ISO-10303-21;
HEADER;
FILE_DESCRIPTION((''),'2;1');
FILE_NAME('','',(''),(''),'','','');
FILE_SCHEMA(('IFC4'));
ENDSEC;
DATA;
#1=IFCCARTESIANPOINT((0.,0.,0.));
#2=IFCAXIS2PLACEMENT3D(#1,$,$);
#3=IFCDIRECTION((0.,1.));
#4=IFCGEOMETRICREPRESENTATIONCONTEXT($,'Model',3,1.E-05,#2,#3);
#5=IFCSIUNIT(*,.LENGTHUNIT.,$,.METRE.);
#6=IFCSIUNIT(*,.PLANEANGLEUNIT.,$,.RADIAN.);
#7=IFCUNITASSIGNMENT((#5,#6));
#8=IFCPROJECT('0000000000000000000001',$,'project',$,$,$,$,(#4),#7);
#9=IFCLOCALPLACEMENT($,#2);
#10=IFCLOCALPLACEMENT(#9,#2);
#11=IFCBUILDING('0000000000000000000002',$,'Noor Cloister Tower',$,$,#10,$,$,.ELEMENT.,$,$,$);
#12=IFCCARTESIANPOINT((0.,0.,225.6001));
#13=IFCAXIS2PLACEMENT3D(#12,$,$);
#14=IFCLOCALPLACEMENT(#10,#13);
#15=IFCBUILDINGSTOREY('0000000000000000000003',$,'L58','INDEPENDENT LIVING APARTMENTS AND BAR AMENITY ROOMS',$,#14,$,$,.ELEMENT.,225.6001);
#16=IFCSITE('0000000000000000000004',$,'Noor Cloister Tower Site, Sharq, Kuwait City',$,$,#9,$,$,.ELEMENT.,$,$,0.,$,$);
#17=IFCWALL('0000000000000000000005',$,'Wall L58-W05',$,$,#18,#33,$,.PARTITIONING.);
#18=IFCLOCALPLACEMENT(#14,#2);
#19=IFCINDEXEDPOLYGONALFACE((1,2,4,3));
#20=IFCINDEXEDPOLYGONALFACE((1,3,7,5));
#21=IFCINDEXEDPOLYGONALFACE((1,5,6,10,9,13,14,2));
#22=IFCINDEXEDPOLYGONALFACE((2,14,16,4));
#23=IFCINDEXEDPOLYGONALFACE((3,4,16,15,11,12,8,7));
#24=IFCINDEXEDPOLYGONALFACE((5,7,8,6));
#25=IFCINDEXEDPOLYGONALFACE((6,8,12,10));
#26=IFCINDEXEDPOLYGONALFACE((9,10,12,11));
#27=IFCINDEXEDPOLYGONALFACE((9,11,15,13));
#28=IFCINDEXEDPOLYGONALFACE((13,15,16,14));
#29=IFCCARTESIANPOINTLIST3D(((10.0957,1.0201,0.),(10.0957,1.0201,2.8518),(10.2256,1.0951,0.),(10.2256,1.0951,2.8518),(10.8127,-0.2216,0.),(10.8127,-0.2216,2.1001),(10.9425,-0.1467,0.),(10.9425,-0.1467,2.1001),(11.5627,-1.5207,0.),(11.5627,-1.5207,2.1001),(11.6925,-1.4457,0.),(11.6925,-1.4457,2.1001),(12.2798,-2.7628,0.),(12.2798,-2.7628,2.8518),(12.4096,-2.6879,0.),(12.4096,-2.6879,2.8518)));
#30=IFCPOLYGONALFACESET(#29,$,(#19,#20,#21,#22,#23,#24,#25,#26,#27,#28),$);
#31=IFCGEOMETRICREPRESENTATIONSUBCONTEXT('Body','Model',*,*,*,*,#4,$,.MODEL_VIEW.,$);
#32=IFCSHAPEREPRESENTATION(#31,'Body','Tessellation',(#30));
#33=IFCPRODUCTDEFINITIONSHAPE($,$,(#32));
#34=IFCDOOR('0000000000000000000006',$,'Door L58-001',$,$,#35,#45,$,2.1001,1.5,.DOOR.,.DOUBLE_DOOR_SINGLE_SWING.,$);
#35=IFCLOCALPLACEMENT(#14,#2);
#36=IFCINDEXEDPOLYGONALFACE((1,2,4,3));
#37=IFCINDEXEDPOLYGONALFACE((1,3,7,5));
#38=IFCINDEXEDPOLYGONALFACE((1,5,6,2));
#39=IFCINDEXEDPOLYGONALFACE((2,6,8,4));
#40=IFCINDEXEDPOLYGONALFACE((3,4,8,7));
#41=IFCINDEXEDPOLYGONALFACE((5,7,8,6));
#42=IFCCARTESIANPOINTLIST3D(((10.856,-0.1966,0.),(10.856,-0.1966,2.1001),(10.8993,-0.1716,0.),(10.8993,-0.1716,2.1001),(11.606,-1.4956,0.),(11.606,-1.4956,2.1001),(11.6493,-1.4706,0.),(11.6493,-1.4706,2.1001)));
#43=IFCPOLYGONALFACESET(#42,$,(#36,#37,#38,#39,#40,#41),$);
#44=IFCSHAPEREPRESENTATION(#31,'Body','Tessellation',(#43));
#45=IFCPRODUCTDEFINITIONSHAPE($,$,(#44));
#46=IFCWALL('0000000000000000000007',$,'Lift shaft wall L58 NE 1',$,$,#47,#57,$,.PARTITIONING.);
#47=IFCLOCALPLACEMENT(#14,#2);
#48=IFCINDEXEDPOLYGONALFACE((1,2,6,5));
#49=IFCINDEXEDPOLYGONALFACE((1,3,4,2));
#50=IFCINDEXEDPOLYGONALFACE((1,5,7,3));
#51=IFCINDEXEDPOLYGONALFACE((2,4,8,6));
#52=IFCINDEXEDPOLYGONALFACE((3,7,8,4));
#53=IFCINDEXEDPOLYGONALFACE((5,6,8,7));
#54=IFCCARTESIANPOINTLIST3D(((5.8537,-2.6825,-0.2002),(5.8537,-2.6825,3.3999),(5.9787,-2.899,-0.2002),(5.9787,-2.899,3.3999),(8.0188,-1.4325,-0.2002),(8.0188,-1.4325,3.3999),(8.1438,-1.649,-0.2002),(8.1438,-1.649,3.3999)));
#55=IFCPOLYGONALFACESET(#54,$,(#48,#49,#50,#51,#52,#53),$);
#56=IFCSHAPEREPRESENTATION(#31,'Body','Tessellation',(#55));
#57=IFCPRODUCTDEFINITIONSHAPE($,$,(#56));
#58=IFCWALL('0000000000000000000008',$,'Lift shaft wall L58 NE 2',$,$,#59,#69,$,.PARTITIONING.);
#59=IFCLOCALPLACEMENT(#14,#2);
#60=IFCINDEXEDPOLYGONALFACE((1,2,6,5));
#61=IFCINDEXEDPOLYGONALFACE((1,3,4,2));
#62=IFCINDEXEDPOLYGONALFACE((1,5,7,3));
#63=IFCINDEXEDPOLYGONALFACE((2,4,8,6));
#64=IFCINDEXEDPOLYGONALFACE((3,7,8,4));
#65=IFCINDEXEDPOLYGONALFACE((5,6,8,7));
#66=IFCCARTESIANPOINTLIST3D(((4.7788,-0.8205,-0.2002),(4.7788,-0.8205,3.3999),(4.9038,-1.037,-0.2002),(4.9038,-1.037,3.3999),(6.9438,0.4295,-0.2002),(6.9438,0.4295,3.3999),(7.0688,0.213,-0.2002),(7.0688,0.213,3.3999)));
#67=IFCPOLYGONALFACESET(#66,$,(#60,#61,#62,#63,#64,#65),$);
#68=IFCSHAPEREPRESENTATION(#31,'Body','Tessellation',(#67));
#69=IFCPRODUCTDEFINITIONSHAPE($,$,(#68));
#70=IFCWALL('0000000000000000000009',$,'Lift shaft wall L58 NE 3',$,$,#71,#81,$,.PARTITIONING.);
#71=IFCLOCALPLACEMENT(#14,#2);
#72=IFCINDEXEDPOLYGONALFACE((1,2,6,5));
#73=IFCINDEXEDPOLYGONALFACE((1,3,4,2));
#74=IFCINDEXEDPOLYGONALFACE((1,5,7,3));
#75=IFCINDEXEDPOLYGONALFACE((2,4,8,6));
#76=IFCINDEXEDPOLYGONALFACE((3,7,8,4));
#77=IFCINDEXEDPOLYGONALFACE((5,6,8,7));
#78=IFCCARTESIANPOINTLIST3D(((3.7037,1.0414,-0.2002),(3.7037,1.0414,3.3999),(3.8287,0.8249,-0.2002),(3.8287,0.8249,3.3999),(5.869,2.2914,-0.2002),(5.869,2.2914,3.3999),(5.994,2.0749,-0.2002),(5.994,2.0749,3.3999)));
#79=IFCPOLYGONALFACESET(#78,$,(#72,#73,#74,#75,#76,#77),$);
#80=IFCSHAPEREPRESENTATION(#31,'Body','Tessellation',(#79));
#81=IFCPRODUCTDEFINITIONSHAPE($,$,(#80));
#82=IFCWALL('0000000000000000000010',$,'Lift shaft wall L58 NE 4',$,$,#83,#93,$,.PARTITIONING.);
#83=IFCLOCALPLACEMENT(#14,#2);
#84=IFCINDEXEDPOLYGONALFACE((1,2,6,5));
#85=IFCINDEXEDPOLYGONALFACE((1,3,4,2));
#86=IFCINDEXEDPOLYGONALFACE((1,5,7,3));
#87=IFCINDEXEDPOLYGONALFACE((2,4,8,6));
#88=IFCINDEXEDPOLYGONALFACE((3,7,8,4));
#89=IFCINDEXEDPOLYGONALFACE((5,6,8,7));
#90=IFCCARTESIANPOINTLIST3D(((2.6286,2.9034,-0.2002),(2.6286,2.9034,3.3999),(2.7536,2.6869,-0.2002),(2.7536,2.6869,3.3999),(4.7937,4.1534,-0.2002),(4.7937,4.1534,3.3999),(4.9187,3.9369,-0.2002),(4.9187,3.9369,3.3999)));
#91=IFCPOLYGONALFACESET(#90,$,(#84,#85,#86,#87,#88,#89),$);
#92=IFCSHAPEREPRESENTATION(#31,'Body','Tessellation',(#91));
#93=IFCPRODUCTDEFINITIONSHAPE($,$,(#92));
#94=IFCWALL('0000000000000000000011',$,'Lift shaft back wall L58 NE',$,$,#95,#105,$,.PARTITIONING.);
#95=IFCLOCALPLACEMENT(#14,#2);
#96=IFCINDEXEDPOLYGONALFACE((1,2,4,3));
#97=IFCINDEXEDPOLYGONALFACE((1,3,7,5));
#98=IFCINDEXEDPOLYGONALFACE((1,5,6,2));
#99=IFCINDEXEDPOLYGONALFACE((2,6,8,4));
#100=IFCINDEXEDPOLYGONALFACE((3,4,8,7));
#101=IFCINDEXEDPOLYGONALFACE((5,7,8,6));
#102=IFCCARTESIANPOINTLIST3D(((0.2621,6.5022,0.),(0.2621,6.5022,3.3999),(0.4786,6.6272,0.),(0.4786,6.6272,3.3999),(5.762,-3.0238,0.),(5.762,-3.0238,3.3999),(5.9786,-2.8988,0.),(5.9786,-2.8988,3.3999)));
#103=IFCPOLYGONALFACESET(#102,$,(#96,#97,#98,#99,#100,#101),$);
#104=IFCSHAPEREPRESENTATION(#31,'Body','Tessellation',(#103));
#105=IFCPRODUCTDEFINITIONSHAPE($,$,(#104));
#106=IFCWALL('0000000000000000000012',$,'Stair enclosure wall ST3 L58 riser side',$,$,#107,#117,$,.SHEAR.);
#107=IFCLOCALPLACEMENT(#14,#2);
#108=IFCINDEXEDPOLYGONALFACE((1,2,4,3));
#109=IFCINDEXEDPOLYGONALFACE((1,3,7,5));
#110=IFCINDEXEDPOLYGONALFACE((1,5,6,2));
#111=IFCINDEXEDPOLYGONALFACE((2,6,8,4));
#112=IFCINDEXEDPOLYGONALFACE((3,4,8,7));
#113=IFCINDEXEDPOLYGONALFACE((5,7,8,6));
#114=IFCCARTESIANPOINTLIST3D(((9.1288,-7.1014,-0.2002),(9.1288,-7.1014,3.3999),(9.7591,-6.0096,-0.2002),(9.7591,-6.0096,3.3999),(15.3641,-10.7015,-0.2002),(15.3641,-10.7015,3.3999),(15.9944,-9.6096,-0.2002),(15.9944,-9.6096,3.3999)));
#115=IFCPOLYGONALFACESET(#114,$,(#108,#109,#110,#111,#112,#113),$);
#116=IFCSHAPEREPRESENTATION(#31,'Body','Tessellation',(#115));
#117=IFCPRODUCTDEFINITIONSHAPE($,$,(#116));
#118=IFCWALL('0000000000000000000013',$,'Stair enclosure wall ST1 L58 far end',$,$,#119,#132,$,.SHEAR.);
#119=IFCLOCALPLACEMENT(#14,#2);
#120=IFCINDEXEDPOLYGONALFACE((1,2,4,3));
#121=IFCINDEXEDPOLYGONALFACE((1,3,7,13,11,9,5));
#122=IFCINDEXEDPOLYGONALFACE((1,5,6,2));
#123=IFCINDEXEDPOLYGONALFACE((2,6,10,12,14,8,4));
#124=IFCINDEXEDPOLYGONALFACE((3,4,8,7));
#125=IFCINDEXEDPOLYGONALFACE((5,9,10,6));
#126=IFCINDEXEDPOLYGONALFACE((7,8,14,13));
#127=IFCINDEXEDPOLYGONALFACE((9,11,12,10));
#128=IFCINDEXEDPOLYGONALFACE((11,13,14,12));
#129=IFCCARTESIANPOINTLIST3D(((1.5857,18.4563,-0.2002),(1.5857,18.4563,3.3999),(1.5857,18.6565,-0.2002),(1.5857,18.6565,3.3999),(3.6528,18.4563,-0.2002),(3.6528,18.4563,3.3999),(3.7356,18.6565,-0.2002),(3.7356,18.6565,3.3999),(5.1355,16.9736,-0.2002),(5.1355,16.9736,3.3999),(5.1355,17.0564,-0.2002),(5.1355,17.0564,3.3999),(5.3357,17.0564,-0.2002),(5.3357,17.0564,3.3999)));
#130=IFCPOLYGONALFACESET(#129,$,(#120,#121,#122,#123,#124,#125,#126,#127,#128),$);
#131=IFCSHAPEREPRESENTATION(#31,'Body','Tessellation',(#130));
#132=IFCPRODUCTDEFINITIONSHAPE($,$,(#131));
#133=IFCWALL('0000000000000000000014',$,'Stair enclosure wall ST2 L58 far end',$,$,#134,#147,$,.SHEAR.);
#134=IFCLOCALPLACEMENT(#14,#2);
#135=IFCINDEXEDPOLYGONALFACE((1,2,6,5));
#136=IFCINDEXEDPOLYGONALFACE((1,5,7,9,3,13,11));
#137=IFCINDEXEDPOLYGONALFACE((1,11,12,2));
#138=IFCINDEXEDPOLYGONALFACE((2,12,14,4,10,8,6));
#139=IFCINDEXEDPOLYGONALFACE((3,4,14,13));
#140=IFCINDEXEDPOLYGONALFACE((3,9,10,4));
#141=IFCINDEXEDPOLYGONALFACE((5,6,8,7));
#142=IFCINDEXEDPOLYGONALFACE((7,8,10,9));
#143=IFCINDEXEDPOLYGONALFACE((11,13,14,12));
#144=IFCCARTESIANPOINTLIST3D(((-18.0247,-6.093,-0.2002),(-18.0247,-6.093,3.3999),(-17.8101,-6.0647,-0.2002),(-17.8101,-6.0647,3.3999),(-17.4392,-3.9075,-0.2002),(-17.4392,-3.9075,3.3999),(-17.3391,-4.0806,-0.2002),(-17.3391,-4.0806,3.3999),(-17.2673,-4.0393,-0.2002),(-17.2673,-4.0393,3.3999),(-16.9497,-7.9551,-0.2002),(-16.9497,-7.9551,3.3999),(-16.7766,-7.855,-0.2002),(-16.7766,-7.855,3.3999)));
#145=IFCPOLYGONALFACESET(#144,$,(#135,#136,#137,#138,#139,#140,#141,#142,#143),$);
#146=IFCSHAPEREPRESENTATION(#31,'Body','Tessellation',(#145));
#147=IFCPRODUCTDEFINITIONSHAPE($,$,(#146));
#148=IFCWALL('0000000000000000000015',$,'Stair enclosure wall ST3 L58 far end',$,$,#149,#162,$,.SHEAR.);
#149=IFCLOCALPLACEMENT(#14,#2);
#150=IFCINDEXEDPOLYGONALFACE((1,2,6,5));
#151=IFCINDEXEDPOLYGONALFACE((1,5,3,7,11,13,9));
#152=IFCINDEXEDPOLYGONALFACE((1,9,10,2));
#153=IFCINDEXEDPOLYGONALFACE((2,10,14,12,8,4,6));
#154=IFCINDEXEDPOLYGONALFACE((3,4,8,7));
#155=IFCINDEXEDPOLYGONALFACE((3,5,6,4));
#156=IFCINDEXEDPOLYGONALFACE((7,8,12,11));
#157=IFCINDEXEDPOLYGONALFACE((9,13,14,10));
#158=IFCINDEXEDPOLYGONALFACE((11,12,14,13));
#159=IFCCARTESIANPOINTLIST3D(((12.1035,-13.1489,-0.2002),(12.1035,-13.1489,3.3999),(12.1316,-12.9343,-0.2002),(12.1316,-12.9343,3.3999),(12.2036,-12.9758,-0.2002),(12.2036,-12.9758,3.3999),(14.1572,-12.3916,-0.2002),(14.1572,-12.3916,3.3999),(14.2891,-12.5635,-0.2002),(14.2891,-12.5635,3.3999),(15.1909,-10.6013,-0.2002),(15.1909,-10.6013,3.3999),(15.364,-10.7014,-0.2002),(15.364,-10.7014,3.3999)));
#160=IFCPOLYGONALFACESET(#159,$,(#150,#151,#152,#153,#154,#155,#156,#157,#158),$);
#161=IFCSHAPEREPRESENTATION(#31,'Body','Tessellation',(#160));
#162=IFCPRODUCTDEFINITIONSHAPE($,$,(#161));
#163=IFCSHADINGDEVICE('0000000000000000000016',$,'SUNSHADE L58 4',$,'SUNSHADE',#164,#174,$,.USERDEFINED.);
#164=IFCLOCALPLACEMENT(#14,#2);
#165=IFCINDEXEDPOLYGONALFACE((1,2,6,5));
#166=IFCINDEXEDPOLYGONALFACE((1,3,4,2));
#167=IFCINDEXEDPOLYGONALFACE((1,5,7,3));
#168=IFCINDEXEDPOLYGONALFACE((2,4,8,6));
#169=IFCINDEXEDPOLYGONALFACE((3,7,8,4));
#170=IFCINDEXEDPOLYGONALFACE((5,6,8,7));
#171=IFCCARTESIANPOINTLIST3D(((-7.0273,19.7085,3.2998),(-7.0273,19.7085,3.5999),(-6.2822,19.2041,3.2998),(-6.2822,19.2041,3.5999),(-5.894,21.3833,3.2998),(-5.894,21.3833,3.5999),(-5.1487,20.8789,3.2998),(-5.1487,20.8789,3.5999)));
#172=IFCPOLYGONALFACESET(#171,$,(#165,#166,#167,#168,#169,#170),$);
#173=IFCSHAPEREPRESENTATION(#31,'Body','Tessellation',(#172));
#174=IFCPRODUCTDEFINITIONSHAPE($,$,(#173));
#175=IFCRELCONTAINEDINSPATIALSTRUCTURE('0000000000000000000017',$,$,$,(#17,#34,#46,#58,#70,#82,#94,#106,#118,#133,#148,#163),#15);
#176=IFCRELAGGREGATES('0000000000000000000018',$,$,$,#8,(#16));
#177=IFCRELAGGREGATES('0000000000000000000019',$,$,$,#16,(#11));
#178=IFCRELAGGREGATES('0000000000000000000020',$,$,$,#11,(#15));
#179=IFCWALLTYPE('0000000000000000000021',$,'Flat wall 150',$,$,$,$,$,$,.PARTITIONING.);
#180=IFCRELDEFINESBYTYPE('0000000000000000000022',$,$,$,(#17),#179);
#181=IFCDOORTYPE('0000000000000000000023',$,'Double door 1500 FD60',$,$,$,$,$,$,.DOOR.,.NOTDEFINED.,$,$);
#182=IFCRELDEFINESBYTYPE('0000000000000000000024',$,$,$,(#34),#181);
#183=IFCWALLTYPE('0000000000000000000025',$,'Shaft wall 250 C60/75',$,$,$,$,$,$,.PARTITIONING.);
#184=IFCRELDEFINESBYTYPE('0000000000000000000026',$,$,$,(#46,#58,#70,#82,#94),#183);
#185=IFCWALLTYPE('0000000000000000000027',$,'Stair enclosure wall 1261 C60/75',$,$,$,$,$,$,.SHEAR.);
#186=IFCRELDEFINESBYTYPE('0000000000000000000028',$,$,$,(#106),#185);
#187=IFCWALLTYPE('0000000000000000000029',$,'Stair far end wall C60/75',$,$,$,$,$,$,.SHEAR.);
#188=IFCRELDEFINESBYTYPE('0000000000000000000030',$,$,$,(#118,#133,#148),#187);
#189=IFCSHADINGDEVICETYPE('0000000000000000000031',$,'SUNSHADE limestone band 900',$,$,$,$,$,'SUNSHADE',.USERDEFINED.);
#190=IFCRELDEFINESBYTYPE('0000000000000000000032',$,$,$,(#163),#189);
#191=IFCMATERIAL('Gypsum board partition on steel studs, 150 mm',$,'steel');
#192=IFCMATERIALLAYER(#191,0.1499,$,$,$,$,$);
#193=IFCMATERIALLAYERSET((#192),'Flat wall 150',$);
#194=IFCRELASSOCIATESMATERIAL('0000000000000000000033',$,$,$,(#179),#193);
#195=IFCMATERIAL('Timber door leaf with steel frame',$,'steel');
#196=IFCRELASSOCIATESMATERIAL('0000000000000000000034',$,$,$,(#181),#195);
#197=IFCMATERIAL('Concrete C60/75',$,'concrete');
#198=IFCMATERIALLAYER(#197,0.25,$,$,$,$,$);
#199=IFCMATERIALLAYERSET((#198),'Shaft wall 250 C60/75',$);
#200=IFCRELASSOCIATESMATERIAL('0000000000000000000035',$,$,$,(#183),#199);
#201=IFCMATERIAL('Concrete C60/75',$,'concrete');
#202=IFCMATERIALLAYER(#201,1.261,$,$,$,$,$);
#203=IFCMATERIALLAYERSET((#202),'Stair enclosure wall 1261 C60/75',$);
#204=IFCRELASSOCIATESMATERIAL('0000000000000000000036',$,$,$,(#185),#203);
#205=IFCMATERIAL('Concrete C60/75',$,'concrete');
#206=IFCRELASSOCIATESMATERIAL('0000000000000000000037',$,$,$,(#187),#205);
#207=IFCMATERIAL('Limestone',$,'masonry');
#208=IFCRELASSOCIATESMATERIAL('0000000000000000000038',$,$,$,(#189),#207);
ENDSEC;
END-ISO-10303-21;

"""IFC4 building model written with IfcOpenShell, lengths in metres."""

from ifc_helpers import new_model, si_unit, direction, frame, frame_2d, origin, place, context, subcontext, project, spatial, polyline, rectangle, outline, extrude, material, layer, layer_set, type_object, element, fill, save


model = new_model("IFC4")

# Units and contexts
model_context = context("Model", 3, precision=1e-05, world=origin(), true_north=direction((0.0, 1.0)))
body_context = subcontext(model_context, "Body", "Model", "MODEL_VIEW")
ifc_project = project(units=[si_unit("LENGTHUNIT", "METRE"), si_unit("PLANEANGLEUNIT", "RADIAN")], contexts=[model_context])

# Site, building, storey
site_placement = place(None, origin())
site = spatial("IfcSite", under=ifc_project, at=site_placement, Name="Noor Cloister Tower Site, Sharq, Kuwait City", CompositionType="ELEMENT", RefElevation=0.0)
building_placement = place(site_placement, origin())
building = spatial("IfcBuilding", under=site, at=building_placement, Name="Noor Cloister Tower", CompositionType="ELEMENT")
storey_placement = place(building_placement, frame((0.0, 0.0, 225.6001)))
storey = spatial("IfcBuildingStorey", under=building, at=storey_placement, Name="L58", Description="INDEPENDENT LIVING APARTMENTS AND BAR AMENITY ROOMS", CompositionType="ELEMENT", Elevation=225.6001)

# Wall, opening, door
ifc_material_1 = material(Name="Gypsum board partition on steel studs, 150 mm", Category="steel")
ifc_layer_1 = layer(ifc_material_1, 0.1499)
ifc_layer_set_1 = layer_set([ifc_layer_1], Name="Flat wall 150")
wall_type_1 = type_object("IfcWallType", Name="Flat wall 150", PredefinedType="PARTITIONING", material=ifc_layer_set_1)
wall_1_placement = place(storey_placement, frame((12.3447, -2.7253, 0.0), z_axis=(0.0, 0.0, 1.0), x_axis=(-0.499998, 0.866026, 0.0)))
wall_1 = element("IfcWall", 1, at=wall_1_placement, inside=storey, type_object=wall_type_1, Name="Wall L58-W05", PredefinedType="PARTITIONING", context=body_context, shape_type="SweptSolid", body=[
    extrude(rectangle(XDim=4.3682, YDim=0.1499, at=frame_2d((2.1841, 0.0))), origin(), (0.0, 0.0, 1.0), 2.8518),
])
opening_1_placement = place(wall_1_placement, frame((1.4343, 0.0, 0.0)))
opening_1 = element("IfcOpeningElement", 2, at=opening_1_placement, cuts=wall_1, PredefinedType="OPENING", context=body_context, shape_type="SweptSolid", body=[
    extrude(rectangle(XDim=1.5, YDim=2.1001, at=frame_2d((0.75, 1.05))), frame((0.0, 0.085, 0.0), z_axis=(0.0, -1.0, 0.0), x_axis=(1.0, 0.0, 0.0)), (0.0, 0.0, 1.0), 0.1699),
])
ifc_material_2 = material(Name="Timber door leaf with steel frame", Category="steel")
door_type_1 = type_object("IfcDoorType", Name="Double door 1500 FD60", OperationType="NOTDEFINED", PredefinedType="DOOR", material=ifc_material_2)
door_1_placement = place(opening_1_placement, origin())
door_1 = element("IfcDoor", 3, at=door_1_placement, inside=storey, type_object=door_type_1, Name="Door L58-001", OperationType="DOUBLE_DOOR_SINGLE_SWING", OverallHeight=2.1001, OverallWidth=1.5, PredefinedType="DOOR", context=body_context, shape_type="SweptSolid", body=[
    extrude(rectangle(XDim=1.5, YDim=2.1001, at=frame_2d((0.75, 1.05))), frame((0.0, 0.0249, 0.0), z_axis=(0.0, -1.0, 0.0), x_axis=(1.0, 0.0, 0.0)), (0.0, 0.0, 1.0), 0.05),
])
fill(opening_1, door_1)

# Walls
ifc_material_3 = material(Name="Concrete C60/75", Category="concrete")
ifc_layer_2 = layer(ifc_material_3, 0.25)
ifc_layer_set_2 = layer_set([ifc_layer_2], Name="Shaft wall 250 C60/75")
wall_type_2 = type_object("IfcWallType", Name="Shaft wall 250 C60/75", PredefinedType="PARTITIONING", material=ifc_layer_set_2)
for number, where, z_axis, x_axis, name in (
    (4, (8.0813, -1.5408, -0.2002), (0.0, 0.0, 1.0), (-0.866023, -0.500004, 0.0), "Lift shaft wall L58 NE 1"),
    (5, (7.0063, 0.3213, -0.2002), (0.0, 0.0, 1.0), (-0.866023, -0.500004, 0.0), "Lift shaft wall L58 NE 2"),
):
    element("IfcWall", number, at=place(storey_placement, frame(where, z_axis=z_axis, x_axis=x_axis)), inside=storey, type_object=wall_type_2, Name=name, PredefinedType="PARTITIONING", context=body_context, shape_type="SweptSolid", body=[
        extrude(rectangle(XDim=2.5, YDim=0.25, at=frame_2d((1.25, 0.0))), origin(), (0.0, 0.0, 1.0), 3.6001),
    ])
wall_2_placement = place(storey_placement, frame((5.9314, 2.1831, -0.2002), z_axis=(0.0, 0.0, 1.0), x_axis=(-0.866047, -0.499962, 0.0)))
element("IfcWall", 6, at=wall_2_placement, inside=storey, type_object=wall_type_2, Name="Lift shaft wall L58 NE 3", PredefinedType="PARTITIONING", context=body_context, shape_type="SweptSolid", body=[
    extrude(rectangle(XDim=2.5002, YDim=0.25, at=frame_2d((1.25, 0.0))), origin(), (0.0, 0.0, 1.0), 3.6001),
])
wall_3_placement = place(storey_placement, frame((4.8562, 4.0452, -0.2002), z_axis=(0.0, 0.0, 1.0), x_axis=(-0.866023, -0.500004, 0.0)))
element("IfcWall", 7, at=wall_3_placement, inside=storey, type_object=wall_type_2, Name="Lift shaft wall L58 NE 4", PredefinedType="PARTITIONING", context=body_context, shape_type="SweptSolid", body=[
    extrude(rectangle(XDim=2.5, YDim=0.25, at=frame_2d((1.25, 0.0))), origin(), (0.0, 0.0, 1.0), 3.6001),
])
wall_4_placement = place(storey_placement, frame((5.8704, -2.9614, 0.0), z_axis=(0.0, 0.0, 1.0), x_axis=(-0.500006, 0.866022, 0.0)))
element("IfcWall", 8, at=wall_4_placement, inside=storey, type_object=wall_type_2, Name="Lift shaft back wall L58 NE", PredefinedType="PARTITIONING", context=body_context, shape_type="SweptSolid", body=[
    extrude(rectangle(XDim=10.9998, YDim=0.25, at=frame_2d((5.5, 0.0))), origin(), (0.0, 0.0, 1.0), 3.3999),
])
ifc_material_4 = material(Name="Concrete C60/75", Category="concrete")
ifc_layer_3 = layer(ifc_material_4, 1.261)
ifc_layer_set_3 = layer_set([ifc_layer_3], Name="Stair enclosure wall 1261 C60/75")
wall_type_3 = type_object("IfcWallType", Name="Stair enclosure wall 1261 C60/75", PredefinedType="SHEAR", material=ifc_layer_set_3)
wall_5_placement = place(storey_placement, frame((9.4438, -6.5554, -0.2002), z_axis=(0.0, 0.0, 1.0), x_axis=(0.866018, -0.500012, 0.0)))
element("IfcWall", 9, at=wall_5_placement, inside=storey, type_object=wall_type_3, Name="Stair enclosure wall ST3 L58 riser side", PredefinedType="SHEAR", context=body_context, shape_type="SweptSolid", body=[
    extrude(rectangle(XDim=7.2, YDim=1.2607, at=frame_2d((3.6001, 0.0))), origin(), (0.0, 0.0, 1.0), 3.6001),
])
ifc_material_5 = material(Name="Concrete C60/75", Category="concrete")
wall_type_4 = type_object("IfcWallType", Name="Stair far end wall C60/75", PredefinedType="SHEAR", material=ifc_material_5)
wall_6_placement = place(storey_placement, frame((0.0, 0.0, -0.2002)))
element("IfcWall", 10, at=wall_6_placement, inside=storey, type_object=wall_type_4, Name="Stair enclosure wall ST1 L58 far end", PredefinedType="SHEAR", context=body_context, shape_type="SweptSolid", body=[
    extrude(outline(polyline([(5.3357, 17.0564), (3.7356, 18.6565), (1.5857, 18.6565), (1.5857, 18.4563), (3.6528, 18.4563), (5.1355, 16.9736), (5.1355, 17.0564), (5.1355, 17.0564), (5.1355, 17.0564), (5.1355, 17.0564), (5.1355, 17.0564), (5.1355, 17.0564), (5.1355, 17.0564), (5.1355, 17.0564), (5.1355, 17.0564), (5.1355, 17.0564), (5.1355, 17.0564), (5.1355, 17.0564), (5.1355, 17.0564), (5.1355, 17.0564), (5.1355, 17.0564), (5.1355, 17.0564), (5.1355, 17.0564), (5.3357, 17.0564)])), origin(), (0.0, 0.0, 1.0), 3.6001),
])
wall_7_placement = place(storey_placement, frame((0.0, 0.0, -0.2002)))
element("IfcWall", 11, at=wall_7_placement, inside=storey, type_object=wall_type_4, Name="Stair enclosure wall ST2 L58 far end", PredefinedType="SHEAR", context=body_context, shape_type="SweptSolid", body=[
    extrude(outline(polyline([(-17.4392, -3.9075), (-18.0247, -6.093), (-16.9497, -7.9551), (-16.7766, -7.855), (-17.8101, -6.0647), (-17.2673, -4.0393), (-17.3391, -4.0806), (-17.3391, -4.0806), (-17.3391, -4.0806), (-17.3391, -4.0806), (-17.3391, -4.0806), (-17.3391, -4.0806), (-17.3391, -4.0806), (-17.3391, -4.0806), (-17.3391, -4.0806), (-17.3391, -4.0806), (-17.3391, -4.0806), (-17.3391, -4.0806), (-17.3391, -4.0806), (-17.3391, -4.0806), (-17.3391, -4.0806), (-17.3391, -4.0806), (-17.3391, -4.0806), (-17.4392, -3.9075)])), origin(), (0.0, 0.0, 1.0), 3.6001),
])
wall_8_placement = place(storey_placement, frame((0.0, 0.0, -0.2002)))
element("IfcWall", 12, at=wall_8_placement, inside=storey, type_object=wall_type_4, Name="Stair enclosure wall ST3 L58 far end", PredefinedType="SHEAR", context=body_context, shape_type="SweptSolid", body=[
    extrude(outline(polyline([(12.1035, -13.1489), (14.2891, -12.5635), (15.364, -10.7014), (15.1909, -10.6013), (14.1572, -12.3916), (12.1316, -12.9343), (12.2036, -12.9758), (12.2036, -12.9758), (12.2036, -12.9758), (12.2036, -12.9758), (12.2036, -12.9758), (12.2036, -12.9758), (12.2036, -12.9758), (12.2036, -12.9758), (12.2036, -12.9758), (12.2036, -12.9758), (12.2036, -12.9758), (12.2036, -12.9758), (12.2036, -12.9758), (12.2036, -12.9758), (12.2036, -12.9758), (12.2036, -12.9758), (12.2036, -12.9758), (12.1035, -13.1489)])), origin(), (0.0, 0.0, 1.0), 3.6001),
])

# Shading device
ifc_material_6 = material(Name="Limestone", Category="masonry")
shading_device_type = type_object("IfcShadingDeviceType", Name="SUNSHADE limestone band 900", ElementType="SUNSHADE", PredefinedType="USERDEFINED", material=ifc_material_6)
shading_device_placement = place(storey_placement, frame((0.0, 0.0, 3.2998)))
element("IfcShadingDevice", 13, at=shading_device_placement, inside=storey, type_object=shading_device_type, Name="SUNSHADE L58 4", ObjectType="SUNSHADE", PredefinedType="USERDEFINED", context=body_context, shape_type="SweptSolid", body=[
    extrude(outline(polyline([(-5.894, 21.3833), (-7.0273, 19.7085), (-6.2822, 19.2041), (-5.1487, 20.8789), (-5.894, 21.3833)])), origin(), (0.0, 0.0, 1.0), 0.3),
])

save(model, "model.ifc")
